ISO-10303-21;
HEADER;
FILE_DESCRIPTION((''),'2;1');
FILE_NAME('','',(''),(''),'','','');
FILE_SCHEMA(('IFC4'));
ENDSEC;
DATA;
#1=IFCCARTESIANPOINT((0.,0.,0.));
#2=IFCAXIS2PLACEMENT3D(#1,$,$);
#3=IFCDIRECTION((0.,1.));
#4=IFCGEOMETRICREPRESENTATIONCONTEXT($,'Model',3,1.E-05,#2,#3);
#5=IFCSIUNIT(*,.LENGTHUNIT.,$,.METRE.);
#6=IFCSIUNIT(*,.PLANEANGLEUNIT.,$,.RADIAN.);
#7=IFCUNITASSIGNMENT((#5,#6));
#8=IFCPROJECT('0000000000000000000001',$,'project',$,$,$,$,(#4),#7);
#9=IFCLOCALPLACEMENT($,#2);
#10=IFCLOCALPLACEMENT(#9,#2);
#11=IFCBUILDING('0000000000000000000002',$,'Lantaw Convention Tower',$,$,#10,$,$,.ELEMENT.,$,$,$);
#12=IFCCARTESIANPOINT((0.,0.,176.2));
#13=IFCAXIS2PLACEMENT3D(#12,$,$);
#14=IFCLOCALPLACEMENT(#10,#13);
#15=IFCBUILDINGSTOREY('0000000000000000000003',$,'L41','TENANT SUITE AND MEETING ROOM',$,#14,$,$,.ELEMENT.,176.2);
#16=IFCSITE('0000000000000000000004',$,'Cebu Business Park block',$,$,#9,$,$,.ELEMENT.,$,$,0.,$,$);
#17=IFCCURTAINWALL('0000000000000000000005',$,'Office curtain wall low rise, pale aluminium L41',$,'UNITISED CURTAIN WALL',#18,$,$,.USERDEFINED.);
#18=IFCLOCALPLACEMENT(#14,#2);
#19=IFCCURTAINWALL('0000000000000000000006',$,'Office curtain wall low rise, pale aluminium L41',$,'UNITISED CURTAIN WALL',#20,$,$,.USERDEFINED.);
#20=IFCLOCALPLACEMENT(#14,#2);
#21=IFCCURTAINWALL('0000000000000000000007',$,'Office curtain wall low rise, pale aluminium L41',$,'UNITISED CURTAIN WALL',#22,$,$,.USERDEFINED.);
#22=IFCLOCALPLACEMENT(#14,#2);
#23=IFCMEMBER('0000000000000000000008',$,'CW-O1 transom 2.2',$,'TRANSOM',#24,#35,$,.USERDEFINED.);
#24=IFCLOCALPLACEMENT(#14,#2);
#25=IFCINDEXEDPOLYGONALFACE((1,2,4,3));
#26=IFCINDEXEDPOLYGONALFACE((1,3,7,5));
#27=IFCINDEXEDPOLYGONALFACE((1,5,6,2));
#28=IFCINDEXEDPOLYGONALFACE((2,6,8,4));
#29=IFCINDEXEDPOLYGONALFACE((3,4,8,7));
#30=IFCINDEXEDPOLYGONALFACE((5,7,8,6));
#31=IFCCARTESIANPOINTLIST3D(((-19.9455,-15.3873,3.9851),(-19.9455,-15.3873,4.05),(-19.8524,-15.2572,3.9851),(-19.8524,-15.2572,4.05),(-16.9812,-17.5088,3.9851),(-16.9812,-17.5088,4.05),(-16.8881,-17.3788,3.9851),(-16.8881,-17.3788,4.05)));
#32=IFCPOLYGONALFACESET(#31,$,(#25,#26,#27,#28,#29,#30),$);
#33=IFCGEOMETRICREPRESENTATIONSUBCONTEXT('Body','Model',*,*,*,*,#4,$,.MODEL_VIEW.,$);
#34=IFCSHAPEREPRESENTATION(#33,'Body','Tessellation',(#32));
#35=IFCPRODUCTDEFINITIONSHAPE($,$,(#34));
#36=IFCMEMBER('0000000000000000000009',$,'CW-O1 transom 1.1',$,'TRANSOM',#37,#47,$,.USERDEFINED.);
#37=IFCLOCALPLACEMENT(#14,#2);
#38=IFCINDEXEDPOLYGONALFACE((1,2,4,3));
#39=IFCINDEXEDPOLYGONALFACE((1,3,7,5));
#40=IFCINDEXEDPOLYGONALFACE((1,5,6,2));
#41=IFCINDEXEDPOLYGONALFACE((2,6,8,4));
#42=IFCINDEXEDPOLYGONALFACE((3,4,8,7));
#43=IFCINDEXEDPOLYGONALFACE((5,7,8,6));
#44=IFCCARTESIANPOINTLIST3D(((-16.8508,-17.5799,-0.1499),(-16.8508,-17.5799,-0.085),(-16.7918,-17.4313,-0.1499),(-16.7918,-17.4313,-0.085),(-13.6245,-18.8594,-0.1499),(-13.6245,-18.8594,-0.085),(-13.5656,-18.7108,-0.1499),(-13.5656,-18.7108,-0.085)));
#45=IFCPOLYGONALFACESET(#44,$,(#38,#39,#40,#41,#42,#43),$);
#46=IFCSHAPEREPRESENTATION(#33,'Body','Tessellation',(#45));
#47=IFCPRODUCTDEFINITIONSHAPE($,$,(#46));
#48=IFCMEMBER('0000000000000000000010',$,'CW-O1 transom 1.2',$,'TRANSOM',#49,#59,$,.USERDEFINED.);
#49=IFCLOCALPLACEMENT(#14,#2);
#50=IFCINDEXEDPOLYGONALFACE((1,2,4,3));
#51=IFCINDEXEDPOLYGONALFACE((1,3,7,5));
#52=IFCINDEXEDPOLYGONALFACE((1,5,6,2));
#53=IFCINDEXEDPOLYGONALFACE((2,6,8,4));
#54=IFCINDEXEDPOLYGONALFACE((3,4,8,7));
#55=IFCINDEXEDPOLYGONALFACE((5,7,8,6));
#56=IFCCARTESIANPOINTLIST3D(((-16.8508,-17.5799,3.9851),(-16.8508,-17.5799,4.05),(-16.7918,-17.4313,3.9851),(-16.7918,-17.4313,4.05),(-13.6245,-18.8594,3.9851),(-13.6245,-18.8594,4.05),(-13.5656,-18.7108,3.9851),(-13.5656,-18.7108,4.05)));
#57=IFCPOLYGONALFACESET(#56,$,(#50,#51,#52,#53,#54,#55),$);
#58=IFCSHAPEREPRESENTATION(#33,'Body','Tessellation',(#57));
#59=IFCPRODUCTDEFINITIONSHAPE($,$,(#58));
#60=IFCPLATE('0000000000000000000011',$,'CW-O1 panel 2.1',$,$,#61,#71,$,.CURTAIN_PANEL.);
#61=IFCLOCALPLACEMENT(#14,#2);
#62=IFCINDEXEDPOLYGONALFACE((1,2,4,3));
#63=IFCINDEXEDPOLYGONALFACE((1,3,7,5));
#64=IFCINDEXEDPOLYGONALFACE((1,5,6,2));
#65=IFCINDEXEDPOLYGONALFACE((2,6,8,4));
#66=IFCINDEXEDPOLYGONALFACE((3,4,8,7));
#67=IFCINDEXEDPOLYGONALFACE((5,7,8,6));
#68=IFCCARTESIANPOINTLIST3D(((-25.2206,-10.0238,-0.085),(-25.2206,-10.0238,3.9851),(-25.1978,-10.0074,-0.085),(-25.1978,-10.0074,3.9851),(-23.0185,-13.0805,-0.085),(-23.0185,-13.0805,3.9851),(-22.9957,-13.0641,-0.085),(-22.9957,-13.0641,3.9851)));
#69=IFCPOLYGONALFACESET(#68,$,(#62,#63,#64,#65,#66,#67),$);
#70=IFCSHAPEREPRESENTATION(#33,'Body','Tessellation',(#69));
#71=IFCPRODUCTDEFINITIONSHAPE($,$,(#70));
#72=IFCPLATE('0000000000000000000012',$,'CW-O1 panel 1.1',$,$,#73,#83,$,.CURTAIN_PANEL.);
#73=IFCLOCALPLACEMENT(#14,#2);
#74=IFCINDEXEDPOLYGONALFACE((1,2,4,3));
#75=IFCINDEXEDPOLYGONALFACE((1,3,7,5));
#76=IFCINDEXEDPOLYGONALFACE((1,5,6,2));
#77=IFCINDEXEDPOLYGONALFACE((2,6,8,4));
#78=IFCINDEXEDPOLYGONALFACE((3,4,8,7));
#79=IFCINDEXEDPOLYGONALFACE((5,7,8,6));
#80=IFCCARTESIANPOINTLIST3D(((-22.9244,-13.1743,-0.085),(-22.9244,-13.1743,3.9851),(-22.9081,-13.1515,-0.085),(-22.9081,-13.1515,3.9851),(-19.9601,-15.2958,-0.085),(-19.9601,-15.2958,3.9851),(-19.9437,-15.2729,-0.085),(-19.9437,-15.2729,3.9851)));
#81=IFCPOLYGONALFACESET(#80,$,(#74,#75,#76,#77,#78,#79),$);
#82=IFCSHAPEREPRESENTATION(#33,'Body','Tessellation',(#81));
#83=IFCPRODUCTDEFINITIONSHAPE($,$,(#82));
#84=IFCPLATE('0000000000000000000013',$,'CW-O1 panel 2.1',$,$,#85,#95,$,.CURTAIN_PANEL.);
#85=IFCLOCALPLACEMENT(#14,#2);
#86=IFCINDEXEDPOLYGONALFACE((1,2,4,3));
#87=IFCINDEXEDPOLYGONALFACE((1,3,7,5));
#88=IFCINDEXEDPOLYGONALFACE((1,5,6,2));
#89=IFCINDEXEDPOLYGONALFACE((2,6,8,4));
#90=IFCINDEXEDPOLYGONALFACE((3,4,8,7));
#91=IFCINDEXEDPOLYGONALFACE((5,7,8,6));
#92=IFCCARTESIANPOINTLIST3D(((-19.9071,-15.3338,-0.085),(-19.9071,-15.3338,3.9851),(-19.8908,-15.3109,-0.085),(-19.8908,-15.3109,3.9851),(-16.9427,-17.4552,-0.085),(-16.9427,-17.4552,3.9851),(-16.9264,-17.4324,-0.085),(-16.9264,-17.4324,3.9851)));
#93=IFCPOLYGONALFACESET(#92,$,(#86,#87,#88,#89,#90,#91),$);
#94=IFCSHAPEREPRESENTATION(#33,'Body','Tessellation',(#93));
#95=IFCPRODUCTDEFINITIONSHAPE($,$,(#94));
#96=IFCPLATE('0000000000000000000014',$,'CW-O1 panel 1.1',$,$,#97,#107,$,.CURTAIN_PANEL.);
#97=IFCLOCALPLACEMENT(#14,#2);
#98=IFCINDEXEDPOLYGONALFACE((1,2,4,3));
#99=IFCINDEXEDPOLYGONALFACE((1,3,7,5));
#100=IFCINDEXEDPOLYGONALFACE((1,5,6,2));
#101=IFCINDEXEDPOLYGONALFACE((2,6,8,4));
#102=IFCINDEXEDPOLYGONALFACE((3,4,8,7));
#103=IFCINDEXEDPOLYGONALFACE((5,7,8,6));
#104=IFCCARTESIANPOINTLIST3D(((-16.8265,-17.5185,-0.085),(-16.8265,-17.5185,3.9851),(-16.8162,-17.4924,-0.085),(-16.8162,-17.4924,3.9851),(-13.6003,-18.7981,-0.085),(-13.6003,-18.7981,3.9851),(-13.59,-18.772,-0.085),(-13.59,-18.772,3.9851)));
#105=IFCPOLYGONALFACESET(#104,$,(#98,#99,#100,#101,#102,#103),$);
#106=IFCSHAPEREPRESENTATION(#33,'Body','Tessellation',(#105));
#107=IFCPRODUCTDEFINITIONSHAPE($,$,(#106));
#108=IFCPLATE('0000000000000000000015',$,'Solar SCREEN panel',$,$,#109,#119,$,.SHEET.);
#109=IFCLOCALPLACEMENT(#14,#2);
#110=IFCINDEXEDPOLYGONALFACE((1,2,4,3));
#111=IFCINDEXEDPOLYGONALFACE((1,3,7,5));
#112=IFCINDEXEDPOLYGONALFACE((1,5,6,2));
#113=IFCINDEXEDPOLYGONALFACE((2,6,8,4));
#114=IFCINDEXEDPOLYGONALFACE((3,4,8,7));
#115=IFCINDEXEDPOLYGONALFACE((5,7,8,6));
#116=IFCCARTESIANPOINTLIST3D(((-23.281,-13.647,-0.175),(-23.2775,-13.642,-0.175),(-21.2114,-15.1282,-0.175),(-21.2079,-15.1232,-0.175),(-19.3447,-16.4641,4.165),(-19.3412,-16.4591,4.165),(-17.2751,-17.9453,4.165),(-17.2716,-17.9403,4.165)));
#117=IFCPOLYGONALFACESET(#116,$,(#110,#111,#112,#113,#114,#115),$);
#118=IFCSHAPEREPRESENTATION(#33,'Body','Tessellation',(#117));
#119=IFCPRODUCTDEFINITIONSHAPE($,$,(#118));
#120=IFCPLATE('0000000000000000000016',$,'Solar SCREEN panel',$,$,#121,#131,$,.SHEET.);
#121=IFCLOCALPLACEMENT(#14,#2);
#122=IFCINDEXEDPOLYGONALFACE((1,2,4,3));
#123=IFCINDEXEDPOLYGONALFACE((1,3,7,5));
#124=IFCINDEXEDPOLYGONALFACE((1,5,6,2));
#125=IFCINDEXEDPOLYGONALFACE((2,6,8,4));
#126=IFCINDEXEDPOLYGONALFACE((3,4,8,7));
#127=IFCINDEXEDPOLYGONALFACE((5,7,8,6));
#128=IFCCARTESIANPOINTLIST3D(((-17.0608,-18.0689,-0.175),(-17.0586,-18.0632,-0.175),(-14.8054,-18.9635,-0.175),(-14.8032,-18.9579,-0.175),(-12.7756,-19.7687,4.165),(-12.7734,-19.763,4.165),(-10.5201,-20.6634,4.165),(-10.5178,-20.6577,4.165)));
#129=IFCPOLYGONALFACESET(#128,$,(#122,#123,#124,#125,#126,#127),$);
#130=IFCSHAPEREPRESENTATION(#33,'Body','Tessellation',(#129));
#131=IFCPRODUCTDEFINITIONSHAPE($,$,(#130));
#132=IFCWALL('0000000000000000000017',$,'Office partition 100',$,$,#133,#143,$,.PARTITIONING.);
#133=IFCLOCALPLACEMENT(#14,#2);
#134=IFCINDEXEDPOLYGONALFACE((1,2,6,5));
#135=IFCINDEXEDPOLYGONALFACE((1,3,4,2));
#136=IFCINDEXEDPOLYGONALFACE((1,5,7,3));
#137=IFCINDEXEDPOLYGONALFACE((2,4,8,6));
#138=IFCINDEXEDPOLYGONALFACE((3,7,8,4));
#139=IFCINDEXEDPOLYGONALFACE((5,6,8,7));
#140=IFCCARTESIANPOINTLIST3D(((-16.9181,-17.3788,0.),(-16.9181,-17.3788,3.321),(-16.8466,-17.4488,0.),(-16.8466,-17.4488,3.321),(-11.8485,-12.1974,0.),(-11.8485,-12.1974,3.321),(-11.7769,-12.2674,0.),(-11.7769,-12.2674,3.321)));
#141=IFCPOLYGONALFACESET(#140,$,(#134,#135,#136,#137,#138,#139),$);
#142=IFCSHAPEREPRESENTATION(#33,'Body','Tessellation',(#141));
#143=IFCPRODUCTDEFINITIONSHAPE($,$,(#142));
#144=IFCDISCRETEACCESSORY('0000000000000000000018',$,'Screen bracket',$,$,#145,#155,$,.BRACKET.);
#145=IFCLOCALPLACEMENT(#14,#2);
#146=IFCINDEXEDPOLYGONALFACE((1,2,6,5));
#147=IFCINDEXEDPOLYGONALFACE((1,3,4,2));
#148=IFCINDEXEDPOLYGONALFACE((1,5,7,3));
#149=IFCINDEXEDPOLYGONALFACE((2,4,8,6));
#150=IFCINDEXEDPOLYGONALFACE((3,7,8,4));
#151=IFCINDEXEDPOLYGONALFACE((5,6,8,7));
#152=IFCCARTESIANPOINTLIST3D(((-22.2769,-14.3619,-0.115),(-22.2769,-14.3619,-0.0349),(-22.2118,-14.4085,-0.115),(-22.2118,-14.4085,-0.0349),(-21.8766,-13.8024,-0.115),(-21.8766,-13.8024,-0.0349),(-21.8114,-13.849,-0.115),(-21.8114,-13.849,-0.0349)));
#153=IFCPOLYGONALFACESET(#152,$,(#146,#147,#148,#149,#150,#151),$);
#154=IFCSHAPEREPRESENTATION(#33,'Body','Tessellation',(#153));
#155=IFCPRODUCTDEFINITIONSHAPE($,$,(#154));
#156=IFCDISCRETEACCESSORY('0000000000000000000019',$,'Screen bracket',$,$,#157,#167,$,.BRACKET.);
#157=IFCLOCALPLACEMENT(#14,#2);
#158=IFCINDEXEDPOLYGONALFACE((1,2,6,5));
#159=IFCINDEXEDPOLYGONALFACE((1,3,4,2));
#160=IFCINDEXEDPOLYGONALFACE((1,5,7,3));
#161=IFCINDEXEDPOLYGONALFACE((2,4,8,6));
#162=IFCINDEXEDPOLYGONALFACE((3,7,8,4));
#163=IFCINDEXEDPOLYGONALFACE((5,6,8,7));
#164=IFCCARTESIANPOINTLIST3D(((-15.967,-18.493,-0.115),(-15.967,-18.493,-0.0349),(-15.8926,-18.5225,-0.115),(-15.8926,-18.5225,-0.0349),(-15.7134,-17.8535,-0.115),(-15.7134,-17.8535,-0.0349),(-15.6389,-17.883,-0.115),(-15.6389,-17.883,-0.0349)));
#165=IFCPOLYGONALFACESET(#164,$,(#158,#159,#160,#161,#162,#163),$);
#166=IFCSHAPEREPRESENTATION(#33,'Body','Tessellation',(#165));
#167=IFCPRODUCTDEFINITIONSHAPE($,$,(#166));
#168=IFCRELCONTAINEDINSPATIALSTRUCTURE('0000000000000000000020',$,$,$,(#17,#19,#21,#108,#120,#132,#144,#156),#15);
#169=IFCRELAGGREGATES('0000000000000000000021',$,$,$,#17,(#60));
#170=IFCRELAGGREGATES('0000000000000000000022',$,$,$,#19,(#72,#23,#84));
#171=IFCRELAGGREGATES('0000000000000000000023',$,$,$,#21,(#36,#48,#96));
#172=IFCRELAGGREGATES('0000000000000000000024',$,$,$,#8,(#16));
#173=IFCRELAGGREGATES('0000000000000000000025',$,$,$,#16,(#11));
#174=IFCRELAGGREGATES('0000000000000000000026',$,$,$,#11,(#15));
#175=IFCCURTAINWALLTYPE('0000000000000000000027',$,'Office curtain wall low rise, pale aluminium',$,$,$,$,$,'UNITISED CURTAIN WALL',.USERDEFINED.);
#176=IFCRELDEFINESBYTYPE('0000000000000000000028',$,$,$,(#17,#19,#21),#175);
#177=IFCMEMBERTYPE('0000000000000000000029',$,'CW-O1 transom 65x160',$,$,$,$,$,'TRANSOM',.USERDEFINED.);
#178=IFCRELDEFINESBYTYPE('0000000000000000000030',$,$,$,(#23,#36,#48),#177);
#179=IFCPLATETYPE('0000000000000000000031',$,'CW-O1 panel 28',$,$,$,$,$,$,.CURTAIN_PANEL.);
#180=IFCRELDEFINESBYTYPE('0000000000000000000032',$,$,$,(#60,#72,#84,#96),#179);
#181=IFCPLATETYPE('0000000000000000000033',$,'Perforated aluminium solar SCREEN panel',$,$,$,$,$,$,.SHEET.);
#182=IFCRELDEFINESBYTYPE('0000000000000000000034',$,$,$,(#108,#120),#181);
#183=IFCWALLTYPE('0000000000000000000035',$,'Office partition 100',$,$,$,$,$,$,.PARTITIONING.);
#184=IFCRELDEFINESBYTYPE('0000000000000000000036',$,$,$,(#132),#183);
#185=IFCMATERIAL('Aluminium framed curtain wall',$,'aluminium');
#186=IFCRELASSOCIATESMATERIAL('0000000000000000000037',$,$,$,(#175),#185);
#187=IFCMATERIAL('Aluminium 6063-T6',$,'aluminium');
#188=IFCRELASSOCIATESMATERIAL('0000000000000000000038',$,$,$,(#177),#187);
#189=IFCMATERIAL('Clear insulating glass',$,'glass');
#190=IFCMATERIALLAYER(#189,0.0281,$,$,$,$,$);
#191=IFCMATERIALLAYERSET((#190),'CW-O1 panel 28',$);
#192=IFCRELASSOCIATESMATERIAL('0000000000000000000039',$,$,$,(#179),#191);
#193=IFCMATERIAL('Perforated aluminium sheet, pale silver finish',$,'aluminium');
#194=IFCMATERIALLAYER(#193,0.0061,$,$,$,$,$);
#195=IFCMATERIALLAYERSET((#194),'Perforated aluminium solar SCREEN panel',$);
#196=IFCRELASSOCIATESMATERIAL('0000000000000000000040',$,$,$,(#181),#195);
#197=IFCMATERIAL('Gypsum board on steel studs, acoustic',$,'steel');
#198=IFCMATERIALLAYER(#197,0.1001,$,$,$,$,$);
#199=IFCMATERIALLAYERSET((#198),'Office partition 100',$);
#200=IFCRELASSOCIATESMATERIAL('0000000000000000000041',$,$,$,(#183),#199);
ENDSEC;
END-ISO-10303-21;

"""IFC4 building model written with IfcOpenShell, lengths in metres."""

from ifc_helpers import new_model, si_unit, direction, frame, frame_2d, origin, origin_2d, place, context, subcontext, project, spatial, polyline, rectangle, outline, extrude, material, layer, layer_set, material_profile, profile_set, type_object, element, aggregate, save


model = new_model("IFC4")

# Units and contexts
model_context = context("Model", 3, precision=1e-05, world=origin(), true_north=direction((0.0, 1.0)))
body_context = subcontext(model_context, "Body", "Model", "MODEL_VIEW")
ifc_project = project(units=[si_unit("LENGTHUNIT", "METRE"), si_unit("PLANEANGLEUNIT", "RADIAN")], contexts=[model_context])

# Site, building, storey
site_placement = place(None, origin())
site = spatial("IfcSite", under=ifc_project, at=site_placement, Name="Cebu Business Park block", CompositionType="ELEMENT", RefElevation=0.0)
building_placement = place(site_placement, origin())
building = spatial("IfcBuilding", under=site, at=building_placement, Name="Lantaw Convention Tower", CompositionType="ELEMENT")
storey_placement = place(building_placement, frame((0.0, 0.0, 176.2)))
storey = spatial("IfcBuildingStorey", under=building, at=storey_placement, Name="L41", Description="TENANT SUITE AND MEETING ROOM", CompositionType="ELEMENT", Elevation=176.2)

# Curtain walls
ifc_material_1 = material(Name="Aluminium framed curtain wall", Category="aluminium")
curtain_wall_type = type_object("IfcCurtainWallType", Name="Office curtain wall low rise, pale aluminium", ElementType="UNITISED CURTAIN WALL", PredefinedType="USERDEFINED", material=ifc_material_1)
curtain_wall_1_placement = place(storey_placement, origin())
curtain_wall_1 = element("IfcCurtainWall", 1, at=curtain_wall_1_placement, inside=storey, type_object=curtain_wall_type, Name="Office curtain wall low rise, pale aluminium L41", ObjectType="UNITISED CURTAIN WALL", PredefinedType="USERDEFINED")
ifc_material_2 = material(Name="Aluminium 6063-T6", Category="aluminium")
curtain_wall_2_placement = place(storey_placement, origin())
curtain_wall_2 = element("IfcCurtainWall", 2, at=curtain_wall_2_placement, inside=storey, type_object=curtain_wall_type, Name="Office curtain wall low rise, pale aluminium L41", ObjectType="UNITISED CURTAIN WALL", PredefinedType="USERDEFINED")

# Curtain wall
curtain_wall_3_placement = place(storey_placement, origin())
curtain_wall_3 = element("IfcCurtainWall", 3, at=curtain_wall_3_placement, inside=storey, type_object=curtain_wall_type, Name="Office curtain wall low rise, pale aluminium L41", ObjectType="UNITISED CURTAIN WALL", PredefinedType="USERDEFINED")

# Members
ifc_material_profile_1 = material_profile(ifc_material_2, rectangle(XDim=0.1599, YDim=0.0649, at=origin_2d()), Name="CW-O1 transom 65x160")
ifc_profile_set_1 = profile_set([ifc_material_profile_1], Name="Aluminium 6063-T6")
member_type_1 = type_object("IfcMemberType", Name="CW-O1 transom 65x160", ElementType="TRANSOM", PredefinedType="USERDEFINED", material=ifc_profile_set_1)
member_1_placement = place(storey_placement, frame((-19.8989, -15.3223, 4.0176), z_axis=(0.81319, -0.581998, 0.0), x_axis=(0.581998, 0.81319, 0.0)))
member_1 = element("IfcMember", 4, at=member_1_placement, type_object=member_type_1, Name="CW-O1 transom 2.2", ObjectType="TRANSOM", PredefinedType="USERDEFINED", context=body_context, shape_type="SweptSolid", body=[
    extrude(rectangle(XDim=0.1599, YDim=0.0649, at=origin_2d()), origin(), (0.0, 0.0, 1.0), 3.6453),
])
member_2_placement = place(storey_placement, frame((-16.8213, -17.5056, -0.1174), z_axis=(0.929564, -0.36866, 0.0), x_axis=(0.36866, 0.929564, 0.0)))
member_2 = element("IfcMember", 5, at=member_2_placement, type_object=member_type_1, Name="CW-O1 transom 1.1", ObjectType="TRANSOM", PredefinedType="USERDEFINED", context=body_context, shape_type="SweptSolid", body=[
    extrude(rectangle(XDim=0.1599, YDim=0.0649, at=origin_2d()), origin(), (0.0, 0.0, 1.0), 3.4707),
])
member_3_placement = place(storey_placement, frame((-16.8213, -17.5056, 4.0176), z_axis=(0.929564, -0.36866, 0.0), x_axis=(0.36866, 0.929564, 0.0)))
member_3 = element("IfcMember", 6, at=member_3_placement, type_object=member_type_1, Name="CW-O1 transom 1.2", ObjectType="TRANSOM", PredefinedType="USERDEFINED", context=body_context, shape_type="SweptSolid", body=[
    extrude(rectangle(XDim=0.1599, YDim=0.0649, at=origin_2d()), origin(), (0.0, 0.0, 1.0), 3.4707),
])

# Plates
ifc_material_3 = material(Name="Clear insulating glass", Category="glass")
ifc_layer_1 = layer(ifc_material_3, 0.0281)
ifc_layer_set_1 = layer_set([ifc_layer_1], Name="CW-O1 panel 28")
plate_type_1 = type_object("IfcPlateType", Name="CW-O1 panel 28", PredefinedType="CURTAIN_PANEL", material=ifc_layer_set_1)
plate_1_placement = place(storey_placement, frame((-24.1082, -11.5439, -0.085), z_axis=(0.0, 0.0, 1.0), x_axis=(0.584513, -0.811385, 0.0)))
plate_1 = element("IfcPlate", 7, at=plate_1_placement, type_object=plate_type_1, Name="CW-O1 panel 2.1", PredefinedType="CURTAIN_PANEL", context=body_context, shape_type="SweptSolid", body=[
    extrude(rectangle(XDim=3.7673, YDim=0.0281, at=origin_2d()), origin(), (0.0, 0.0, 1.0), 4.0701),
])
aggregate(curtain_wall_1, [plate_1])
plate_2_placement = place(storey_placement, frame((-21.4341, -14.2236, -0.085), z_axis=(0.0, 0.0, 1.0), x_axis=(0.813208, -0.581973, 0.0)))
plate_2 = element("IfcPlate", 8, at=plate_2_placement, type_object=plate_type_1, Name="CW-O1 panel 1.1", PredefinedType="CURTAIN_PANEL", context=body_context, shape_type="SweptSolid", body=[
    extrude(rectangle(XDim=3.6453, YDim=0.0281, at=origin_2d()), origin(), (0.0, 0.0, 1.0), 4.0701),
])
plate_3_placement = place(storey_placement, frame((-18.4167, -16.3831, -0.085), z_axis=(0.0, 0.0, 1.0), x_axis=(0.813208, -0.581973, 0.0)))
plate_3 = element("IfcPlate", 9, at=plate_3_placement, type_object=plate_type_1, Name="CW-O1 panel 2.1", PredefinedType="CURTAIN_PANEL", context=body_context, shape_type="SweptSolid", body=[
    extrude(rectangle(XDim=3.6453, YDim=0.0281, at=origin_2d()), origin(), (0.0, 0.0, 1.0), 4.0701),
])
aggregate(curtain_wall_2, [plate_2, member_1, plate_3])
plate_4_placement = place(storey_placement, frame((-15.2083, -18.1453, -0.085), z_axis=(0.0, 0.0, 1.0), x_axis=(0.929548, -0.368702, 0.0)))
plate_4 = element("IfcPlate", 10, at=plate_4_placement, type_object=plate_type_1, Name="CW-O1 panel 1.1", PredefinedType="CURTAIN_PANEL", context=body_context, shape_type="SweptSolid", body=[
    extrude(rectangle(XDim=3.4707, YDim=0.0281, at=origin_2d()), origin(), (0.0, 0.0, 1.0), 4.0701),
])
aggregate(curtain_wall_3, [member_2, member_3, plate_4])

# Plates
ifc_material_4 = material(Name="Perforated aluminium sheet, pale silver finish", Category="aluminium")
ifc_layer_2 = layer(ifc_material_4, 0.0061)
ifc_layer_set_2 = layer_set([ifc_layer_2], Name="Perforated aluminium solar SCREEN panel")
plate_type_2 = type_object("IfcPlateType", Name="Perforated aluminium solar SCREEN panel", PredefinedType="SHEET", material=ifc_layer_set_2)
plate_5_placement = place(storey_placement, frame((-23.281, -13.647, -0.175), z_axis=(-0.582, -0.813189, 0.000012), x_axis=(0.813189, -0.582, 0.0)))
element("IfcPlate", 11, at=plate_5_placement, inside=storey, type_object=plate_type_2, Name="Solar SCREEN panel", PredefinedType="SHEET", context=body_context, shape_type="SweptSolid", body=[
    extrude(outline(polyline([(0.0, 0.0), (2.545, 0.0), (7.3855, 4.3401), (4.8405, 4.3401), (0.0, 0.0)])), origin(), (0.0, 0.0, -1.0), 0.0061),
])
plate_6_placement = place(storey_placement, frame((-17.0586, -18.0632, -0.175), z_axis=(0.368709, 0.929545, 0.000011), x_axis=(0.929545, -0.368709, 0.0)))
element("IfcPlate", 12, at=plate_6_placement, inside=storey, type_object=plate_type_2, Name="Solar SCREEN panel", PredefinedType="SHEET", context=body_context, shape_type="SweptSolid", body=[
    extrude(outline(polyline([(0.0, 0.0), (2.4264, 0.0), (7.0365, -4.3401), (4.61, -4.3401), (0.0, 0.0)])), origin(), (0.0, 0.0, -1.0), 0.0061),
])

# Wall
ifc_material_5 = material(Name="Gypsum board on steel studs, acoustic", Category="steel")
ifc_layer_3 = layer(ifc_material_5, 0.1001)
ifc_layer_set_3 = layer_set([ifc_layer_3], Name="Office partition 100")
wall_type = type_object("IfcWallType", Name="Office partition 100", PredefinedType="PARTITIONING", material=ifc_layer_set_3)
wall_placement = place(storey_placement, frame((-16.8823, -17.4138, 0.0), z_axis=(0.0, 0.0, 1.0), x_axis=(0.699352, 0.714777, 0.0)))
element("IfcWall", 13, at=wall_placement, inside=storey, type_object=wall_type, Name="Office partition 100", PredefinedType="PARTITIONING", context=body_context, shape_type="SweptSolid", body=[
    extrude(rectangle(XDim=7.249, YDim=0.1001, at=frame_2d((3.6245, 0.0))), origin(), (0.0, 0.0, 1.0), 3.321),
])

# Discrete accessories
for number, where, z_axis, x_axis, name in (
    (14, (-22.0442, -14.1055, -0.115), (0.0, 0.0, 1.0), (0.813208, -0.581973, 0.0), "Screen bracket"),
    (15, (-15.803, -18.188, -0.115), (0.0, 0.0, 1.0), (0.929548, -0.368702, 0.0), "Screen bracket"),
):
    element("IfcDiscreteAccessory", number, at=place(storey_placement, frame(where, z_axis=z_axis, x_axis=x_axis)), inside=storey, Name=name, PredefinedType="BRACKET", context=body_context, shape_type="SweptSolid", body=[
        extrude(rectangle(XDim=0.0801, YDim=0.688, at=origin_2d()), origin(), (0.0, 0.0, 1.0), 0.0801),
    ])

save(model, "model.ifc")
